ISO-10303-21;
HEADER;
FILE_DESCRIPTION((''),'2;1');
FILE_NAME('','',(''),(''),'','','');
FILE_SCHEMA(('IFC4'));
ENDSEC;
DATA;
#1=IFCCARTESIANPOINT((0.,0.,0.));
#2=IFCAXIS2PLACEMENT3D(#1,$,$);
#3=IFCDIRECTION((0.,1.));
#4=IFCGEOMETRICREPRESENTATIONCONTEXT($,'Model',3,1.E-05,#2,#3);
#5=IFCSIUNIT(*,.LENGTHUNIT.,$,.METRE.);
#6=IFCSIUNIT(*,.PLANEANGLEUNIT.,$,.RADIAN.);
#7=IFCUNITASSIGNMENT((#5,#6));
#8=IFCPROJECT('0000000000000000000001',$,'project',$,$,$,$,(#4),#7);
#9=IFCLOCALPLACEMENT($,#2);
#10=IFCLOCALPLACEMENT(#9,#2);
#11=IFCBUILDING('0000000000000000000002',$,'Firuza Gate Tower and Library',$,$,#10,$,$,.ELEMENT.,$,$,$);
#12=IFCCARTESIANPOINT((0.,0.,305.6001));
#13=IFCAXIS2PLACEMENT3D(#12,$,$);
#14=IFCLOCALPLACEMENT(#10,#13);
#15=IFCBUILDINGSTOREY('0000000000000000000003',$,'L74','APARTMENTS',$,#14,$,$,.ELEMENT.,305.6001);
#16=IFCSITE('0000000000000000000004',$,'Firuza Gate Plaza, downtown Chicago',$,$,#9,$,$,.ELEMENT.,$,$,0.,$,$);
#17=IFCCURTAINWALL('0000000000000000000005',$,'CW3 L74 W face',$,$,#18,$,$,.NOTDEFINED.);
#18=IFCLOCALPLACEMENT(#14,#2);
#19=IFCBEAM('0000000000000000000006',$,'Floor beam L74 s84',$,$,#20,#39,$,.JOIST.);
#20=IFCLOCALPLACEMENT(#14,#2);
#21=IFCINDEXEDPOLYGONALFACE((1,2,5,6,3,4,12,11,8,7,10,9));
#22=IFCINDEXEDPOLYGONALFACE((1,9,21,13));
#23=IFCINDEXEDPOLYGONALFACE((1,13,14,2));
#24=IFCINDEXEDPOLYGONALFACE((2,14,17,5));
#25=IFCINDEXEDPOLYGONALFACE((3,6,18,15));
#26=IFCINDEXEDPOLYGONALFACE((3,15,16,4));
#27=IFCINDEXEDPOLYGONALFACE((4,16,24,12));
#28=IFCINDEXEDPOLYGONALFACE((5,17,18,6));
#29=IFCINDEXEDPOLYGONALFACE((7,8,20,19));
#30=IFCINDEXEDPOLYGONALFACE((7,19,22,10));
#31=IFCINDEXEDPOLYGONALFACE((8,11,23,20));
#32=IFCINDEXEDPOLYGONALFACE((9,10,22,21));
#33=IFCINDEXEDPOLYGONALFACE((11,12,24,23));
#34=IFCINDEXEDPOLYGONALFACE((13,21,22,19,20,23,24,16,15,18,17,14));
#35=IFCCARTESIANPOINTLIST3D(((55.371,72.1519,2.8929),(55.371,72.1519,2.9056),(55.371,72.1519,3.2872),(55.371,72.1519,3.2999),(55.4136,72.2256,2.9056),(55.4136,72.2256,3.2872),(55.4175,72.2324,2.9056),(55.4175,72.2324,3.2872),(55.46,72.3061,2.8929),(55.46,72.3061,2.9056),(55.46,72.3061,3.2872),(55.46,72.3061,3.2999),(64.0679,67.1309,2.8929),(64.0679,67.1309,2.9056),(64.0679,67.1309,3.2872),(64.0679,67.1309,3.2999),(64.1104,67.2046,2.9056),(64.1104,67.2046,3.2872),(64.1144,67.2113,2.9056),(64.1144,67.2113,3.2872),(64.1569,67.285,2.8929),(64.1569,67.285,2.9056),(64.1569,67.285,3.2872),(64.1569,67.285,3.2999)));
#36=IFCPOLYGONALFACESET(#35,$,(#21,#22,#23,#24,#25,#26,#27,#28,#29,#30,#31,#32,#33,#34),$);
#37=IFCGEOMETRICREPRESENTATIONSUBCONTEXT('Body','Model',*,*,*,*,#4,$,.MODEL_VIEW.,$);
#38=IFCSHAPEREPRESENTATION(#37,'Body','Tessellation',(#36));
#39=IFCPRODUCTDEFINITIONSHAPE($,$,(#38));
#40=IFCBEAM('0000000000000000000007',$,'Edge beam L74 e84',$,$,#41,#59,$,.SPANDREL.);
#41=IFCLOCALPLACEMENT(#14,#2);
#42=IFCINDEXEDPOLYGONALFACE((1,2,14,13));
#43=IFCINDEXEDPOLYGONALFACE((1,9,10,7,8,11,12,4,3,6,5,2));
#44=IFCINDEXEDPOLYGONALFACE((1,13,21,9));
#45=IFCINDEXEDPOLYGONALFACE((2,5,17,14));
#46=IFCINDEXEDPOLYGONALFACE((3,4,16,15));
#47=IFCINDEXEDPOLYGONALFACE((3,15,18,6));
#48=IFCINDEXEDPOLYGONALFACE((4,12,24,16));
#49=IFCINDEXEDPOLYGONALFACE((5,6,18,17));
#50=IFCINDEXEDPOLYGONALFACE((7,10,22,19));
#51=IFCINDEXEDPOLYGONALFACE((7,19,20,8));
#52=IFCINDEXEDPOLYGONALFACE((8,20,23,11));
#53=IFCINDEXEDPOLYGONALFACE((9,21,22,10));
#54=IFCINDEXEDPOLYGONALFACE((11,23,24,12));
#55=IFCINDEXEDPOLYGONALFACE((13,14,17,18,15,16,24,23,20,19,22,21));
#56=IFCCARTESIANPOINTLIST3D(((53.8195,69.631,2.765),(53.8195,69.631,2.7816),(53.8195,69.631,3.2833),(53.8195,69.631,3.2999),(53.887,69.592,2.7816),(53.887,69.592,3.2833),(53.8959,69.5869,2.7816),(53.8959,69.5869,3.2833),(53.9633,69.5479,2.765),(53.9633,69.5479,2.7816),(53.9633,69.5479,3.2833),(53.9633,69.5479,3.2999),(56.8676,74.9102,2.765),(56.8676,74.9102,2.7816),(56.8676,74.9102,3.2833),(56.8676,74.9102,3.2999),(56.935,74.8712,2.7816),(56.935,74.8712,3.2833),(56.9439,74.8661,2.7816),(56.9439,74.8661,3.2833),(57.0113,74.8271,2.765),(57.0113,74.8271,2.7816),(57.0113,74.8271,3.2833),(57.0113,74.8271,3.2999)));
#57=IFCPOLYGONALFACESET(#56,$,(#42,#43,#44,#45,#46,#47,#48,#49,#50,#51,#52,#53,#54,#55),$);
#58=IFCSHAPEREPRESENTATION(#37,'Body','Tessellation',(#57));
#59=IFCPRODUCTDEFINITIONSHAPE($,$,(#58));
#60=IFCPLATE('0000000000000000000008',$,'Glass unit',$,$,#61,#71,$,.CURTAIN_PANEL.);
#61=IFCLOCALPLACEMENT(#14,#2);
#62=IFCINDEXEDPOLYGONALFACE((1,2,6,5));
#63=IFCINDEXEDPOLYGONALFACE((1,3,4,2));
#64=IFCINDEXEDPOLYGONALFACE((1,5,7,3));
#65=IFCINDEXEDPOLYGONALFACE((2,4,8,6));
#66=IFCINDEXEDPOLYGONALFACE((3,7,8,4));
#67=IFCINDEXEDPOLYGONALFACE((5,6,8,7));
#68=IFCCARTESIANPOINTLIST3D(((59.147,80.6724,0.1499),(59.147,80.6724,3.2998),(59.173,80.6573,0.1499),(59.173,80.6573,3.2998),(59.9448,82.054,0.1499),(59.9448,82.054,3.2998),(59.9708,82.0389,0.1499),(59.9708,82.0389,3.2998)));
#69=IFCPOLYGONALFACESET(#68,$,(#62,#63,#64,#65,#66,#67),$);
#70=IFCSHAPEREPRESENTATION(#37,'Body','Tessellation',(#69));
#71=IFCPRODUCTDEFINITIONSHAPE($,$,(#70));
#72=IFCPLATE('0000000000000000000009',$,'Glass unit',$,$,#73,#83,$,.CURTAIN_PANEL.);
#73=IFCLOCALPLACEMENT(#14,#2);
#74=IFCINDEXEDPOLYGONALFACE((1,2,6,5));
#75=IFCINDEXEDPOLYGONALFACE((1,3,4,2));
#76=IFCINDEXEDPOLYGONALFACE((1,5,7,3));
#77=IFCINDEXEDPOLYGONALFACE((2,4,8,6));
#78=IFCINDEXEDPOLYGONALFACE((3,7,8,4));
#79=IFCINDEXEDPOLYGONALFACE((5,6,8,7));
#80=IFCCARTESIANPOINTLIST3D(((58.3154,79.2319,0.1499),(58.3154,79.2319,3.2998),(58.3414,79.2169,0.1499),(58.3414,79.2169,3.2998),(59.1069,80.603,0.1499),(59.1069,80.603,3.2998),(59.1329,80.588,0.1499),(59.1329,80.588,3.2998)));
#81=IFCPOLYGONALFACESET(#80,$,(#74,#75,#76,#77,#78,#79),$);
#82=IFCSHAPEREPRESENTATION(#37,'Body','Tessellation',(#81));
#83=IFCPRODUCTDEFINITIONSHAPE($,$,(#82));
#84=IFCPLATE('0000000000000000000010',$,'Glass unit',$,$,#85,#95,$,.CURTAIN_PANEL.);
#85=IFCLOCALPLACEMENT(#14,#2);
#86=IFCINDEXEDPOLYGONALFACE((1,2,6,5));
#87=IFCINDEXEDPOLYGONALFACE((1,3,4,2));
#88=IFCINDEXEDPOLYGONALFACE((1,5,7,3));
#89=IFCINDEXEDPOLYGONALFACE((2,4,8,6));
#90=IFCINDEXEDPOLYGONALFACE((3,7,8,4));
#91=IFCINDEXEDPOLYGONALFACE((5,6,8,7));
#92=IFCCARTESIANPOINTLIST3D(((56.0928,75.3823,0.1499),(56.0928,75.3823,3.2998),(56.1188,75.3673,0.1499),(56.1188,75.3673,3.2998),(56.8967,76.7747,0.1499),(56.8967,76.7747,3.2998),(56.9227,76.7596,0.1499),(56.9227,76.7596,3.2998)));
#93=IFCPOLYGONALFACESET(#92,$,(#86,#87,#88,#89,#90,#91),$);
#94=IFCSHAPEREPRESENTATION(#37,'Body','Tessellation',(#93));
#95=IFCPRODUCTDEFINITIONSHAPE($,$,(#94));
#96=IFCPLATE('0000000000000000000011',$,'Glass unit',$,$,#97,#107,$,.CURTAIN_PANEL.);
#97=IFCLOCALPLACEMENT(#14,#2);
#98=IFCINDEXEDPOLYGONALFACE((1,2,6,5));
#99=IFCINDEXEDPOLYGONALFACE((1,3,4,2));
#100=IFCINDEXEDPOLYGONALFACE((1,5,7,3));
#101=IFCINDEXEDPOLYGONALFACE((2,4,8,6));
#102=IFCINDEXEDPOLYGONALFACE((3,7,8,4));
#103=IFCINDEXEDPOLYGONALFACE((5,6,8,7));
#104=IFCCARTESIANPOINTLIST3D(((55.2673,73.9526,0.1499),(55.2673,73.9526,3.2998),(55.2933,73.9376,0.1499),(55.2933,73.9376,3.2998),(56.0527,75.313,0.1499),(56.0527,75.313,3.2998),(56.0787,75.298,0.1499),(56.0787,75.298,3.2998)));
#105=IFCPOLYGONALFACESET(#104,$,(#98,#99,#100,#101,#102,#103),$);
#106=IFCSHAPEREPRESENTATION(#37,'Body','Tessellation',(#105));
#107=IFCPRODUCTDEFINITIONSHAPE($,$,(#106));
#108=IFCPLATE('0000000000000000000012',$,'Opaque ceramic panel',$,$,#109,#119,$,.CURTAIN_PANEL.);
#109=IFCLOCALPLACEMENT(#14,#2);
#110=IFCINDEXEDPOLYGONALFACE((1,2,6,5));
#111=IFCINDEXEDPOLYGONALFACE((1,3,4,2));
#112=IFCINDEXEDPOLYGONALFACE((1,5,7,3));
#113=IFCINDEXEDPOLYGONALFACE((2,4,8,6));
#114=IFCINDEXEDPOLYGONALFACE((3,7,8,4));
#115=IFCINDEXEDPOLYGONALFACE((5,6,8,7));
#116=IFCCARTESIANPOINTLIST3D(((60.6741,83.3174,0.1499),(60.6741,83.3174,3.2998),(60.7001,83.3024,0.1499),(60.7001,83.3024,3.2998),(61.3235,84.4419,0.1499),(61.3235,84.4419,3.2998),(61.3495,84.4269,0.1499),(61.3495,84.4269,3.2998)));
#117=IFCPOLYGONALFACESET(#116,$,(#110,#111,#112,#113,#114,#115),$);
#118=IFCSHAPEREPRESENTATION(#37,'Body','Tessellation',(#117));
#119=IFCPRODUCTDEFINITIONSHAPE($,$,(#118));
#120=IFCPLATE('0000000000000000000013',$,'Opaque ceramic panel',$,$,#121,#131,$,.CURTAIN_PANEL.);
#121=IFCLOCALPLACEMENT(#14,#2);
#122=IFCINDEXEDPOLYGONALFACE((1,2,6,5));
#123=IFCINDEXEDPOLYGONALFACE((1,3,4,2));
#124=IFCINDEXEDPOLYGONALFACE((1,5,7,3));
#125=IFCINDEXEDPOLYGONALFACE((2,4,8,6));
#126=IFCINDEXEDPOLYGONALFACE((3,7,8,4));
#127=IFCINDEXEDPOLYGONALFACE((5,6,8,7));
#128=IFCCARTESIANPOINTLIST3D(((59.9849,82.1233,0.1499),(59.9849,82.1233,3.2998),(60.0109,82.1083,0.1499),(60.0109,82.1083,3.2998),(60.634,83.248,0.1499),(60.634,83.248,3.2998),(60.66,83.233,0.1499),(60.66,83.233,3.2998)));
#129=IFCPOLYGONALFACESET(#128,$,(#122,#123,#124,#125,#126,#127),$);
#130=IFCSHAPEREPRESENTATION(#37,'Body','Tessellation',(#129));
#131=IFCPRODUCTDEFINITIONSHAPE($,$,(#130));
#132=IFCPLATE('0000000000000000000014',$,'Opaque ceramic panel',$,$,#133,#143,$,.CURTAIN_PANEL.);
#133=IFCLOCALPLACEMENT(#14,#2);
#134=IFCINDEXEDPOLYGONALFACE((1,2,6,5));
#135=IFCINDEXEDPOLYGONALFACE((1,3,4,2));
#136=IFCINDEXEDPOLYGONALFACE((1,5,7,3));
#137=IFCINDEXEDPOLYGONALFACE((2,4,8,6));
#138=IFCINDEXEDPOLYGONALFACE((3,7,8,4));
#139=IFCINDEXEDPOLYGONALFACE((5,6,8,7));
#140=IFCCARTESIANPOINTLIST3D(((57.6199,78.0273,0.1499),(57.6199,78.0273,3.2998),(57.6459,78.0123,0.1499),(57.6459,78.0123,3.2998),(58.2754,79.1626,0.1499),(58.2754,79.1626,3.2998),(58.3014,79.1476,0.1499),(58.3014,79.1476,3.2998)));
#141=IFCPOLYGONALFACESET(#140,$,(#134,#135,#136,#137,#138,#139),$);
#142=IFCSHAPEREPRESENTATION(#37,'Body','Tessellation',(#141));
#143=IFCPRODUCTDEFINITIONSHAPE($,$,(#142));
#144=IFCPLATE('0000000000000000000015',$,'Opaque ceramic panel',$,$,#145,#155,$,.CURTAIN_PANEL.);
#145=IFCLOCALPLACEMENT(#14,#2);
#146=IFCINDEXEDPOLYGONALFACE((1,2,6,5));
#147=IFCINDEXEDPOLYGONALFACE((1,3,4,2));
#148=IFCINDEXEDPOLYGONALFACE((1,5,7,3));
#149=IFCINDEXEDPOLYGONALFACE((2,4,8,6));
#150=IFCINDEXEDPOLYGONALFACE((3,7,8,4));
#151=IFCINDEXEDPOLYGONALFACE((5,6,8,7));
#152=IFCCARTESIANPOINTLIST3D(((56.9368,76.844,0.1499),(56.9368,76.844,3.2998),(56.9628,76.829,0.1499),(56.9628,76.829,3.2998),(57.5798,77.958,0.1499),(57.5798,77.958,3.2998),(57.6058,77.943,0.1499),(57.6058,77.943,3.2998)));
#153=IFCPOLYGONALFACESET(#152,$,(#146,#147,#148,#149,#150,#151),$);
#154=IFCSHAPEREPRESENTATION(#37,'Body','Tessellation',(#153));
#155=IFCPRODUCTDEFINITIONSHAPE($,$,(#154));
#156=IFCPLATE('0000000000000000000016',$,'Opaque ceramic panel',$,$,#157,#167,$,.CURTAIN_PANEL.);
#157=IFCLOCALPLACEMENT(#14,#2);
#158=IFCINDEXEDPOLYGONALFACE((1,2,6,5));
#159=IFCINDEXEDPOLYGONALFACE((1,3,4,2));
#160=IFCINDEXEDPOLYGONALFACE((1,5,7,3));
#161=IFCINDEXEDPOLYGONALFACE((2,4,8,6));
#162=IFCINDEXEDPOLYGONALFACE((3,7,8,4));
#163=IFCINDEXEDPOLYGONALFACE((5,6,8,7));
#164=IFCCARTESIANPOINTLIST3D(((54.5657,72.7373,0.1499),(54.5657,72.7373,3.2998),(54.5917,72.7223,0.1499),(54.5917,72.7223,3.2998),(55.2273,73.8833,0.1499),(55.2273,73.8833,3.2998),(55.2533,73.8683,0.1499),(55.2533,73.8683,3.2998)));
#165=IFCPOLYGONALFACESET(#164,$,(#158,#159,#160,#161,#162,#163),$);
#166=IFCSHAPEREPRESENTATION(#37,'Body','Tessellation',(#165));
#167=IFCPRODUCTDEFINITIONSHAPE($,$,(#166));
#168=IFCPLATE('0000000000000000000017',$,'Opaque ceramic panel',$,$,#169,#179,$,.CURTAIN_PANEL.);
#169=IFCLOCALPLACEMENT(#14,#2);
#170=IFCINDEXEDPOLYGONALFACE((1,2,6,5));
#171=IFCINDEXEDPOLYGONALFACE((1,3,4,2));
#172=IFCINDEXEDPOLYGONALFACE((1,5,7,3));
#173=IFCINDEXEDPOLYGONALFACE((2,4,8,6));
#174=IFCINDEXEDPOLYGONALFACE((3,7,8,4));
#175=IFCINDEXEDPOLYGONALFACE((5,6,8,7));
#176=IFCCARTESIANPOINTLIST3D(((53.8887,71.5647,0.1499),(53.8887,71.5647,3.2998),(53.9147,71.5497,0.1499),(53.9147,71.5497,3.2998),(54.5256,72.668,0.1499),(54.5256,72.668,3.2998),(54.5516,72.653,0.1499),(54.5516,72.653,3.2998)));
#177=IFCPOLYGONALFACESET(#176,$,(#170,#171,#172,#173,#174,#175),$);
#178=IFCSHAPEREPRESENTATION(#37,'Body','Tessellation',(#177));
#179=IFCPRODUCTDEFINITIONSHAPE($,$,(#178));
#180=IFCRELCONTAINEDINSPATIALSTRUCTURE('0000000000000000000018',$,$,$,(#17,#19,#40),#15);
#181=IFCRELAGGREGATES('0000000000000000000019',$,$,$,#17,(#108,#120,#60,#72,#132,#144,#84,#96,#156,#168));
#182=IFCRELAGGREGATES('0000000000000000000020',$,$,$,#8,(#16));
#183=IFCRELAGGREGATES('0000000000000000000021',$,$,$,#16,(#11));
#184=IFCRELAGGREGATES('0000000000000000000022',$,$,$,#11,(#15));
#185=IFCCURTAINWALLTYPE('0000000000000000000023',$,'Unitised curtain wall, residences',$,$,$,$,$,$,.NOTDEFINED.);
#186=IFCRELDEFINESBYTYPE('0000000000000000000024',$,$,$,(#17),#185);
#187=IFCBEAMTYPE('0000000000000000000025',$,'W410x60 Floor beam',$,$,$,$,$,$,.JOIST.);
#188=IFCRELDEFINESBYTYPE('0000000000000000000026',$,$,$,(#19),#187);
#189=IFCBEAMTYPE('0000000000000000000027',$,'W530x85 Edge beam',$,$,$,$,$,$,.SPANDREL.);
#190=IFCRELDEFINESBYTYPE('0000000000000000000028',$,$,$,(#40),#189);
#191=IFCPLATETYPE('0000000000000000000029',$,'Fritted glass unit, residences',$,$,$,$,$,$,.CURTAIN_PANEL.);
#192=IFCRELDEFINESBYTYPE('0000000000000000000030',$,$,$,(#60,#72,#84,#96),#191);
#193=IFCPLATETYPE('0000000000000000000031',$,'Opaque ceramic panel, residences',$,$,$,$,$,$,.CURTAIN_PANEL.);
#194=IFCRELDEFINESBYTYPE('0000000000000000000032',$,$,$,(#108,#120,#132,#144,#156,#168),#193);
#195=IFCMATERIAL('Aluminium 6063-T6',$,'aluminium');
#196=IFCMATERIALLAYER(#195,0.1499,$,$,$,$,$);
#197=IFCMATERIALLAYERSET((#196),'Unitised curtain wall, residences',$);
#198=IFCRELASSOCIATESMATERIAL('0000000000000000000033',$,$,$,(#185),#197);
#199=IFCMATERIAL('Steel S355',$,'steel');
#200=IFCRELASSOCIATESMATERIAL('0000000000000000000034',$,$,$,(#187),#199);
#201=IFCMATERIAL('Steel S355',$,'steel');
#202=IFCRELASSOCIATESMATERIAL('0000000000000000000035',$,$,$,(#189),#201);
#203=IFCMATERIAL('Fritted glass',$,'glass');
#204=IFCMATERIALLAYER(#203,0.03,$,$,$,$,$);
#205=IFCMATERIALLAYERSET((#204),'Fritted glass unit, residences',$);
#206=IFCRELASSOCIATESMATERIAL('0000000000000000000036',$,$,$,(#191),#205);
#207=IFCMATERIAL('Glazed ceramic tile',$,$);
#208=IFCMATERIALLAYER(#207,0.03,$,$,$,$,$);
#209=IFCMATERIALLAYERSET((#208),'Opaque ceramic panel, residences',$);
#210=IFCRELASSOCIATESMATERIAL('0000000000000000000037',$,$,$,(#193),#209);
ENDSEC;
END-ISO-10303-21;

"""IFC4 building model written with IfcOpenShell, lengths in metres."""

from ifc_helpers import new_model, si_unit, direction, frame, origin, origin_2d, place, context, subcontext, project, spatial, polyline, i_section, outline, extrude, material, layer, layer_set, material_profile, profile_set, type_object, element, aggregate, save


model = new_model("IFC4")

# Units and contexts
model_context = context("Model", 3, precision=1e-05, world=origin(), true_north=direction((0.0, 1.0)))
body_context = subcontext(model_context, "Body", "Model", "MODEL_VIEW")
ifc_project = project(units=[si_unit("LENGTHUNIT", "METRE"), si_unit("PLANEANGLEUNIT", "RADIAN")], contexts=[model_context])

# Site, building, storey
site_placement = place(None, origin())
site = spatial("IfcSite", under=ifc_project, at=site_placement, Name="Firuza Gate Plaza, downtown Chicago", CompositionType="ELEMENT", RefElevation=0.0)
building_placement = place(site_placement, origin())
building = spatial("IfcBuilding", under=site, at=building_placement, Name="Firuza Gate Tower and Library", CompositionType="ELEMENT")
storey_placement = place(building_placement, frame((0.0, 0.0, 305.6001)))
storey = spatial("IfcBuildingStorey", under=building, at=storey_placement, Name="L74", Description="APARTMENTS", CompositionType="ELEMENT", Elevation=305.6001)

# Curtain wall
ifc_material_1 = material(Name="Aluminium 6063-T6", Category="aluminium")
ifc_layer_1 = layer(ifc_material_1, 0.1499)
ifc_layer_set_1 = layer_set([ifc_layer_1], Name="Unitised curtain wall, residences")
curtain_wall_type = type_object("IfcCurtainWallType", Name="Unitised curtain wall, residences", PredefinedType="NOTDEFINED", material=ifc_layer_set_1)
curtain_wall_placement = place(storey_placement, origin())
curtain_wall = element("IfcCurtainWall", 1, at=curtain_wall_placement, inside=storey, type_object=curtain_wall_type, Name="CW3 L74 W face", PredefinedType="NOTDEFINED")

# Beams
ifc_material_2 = material(Name="Steel S355", Category="steel")
ifc_material_profile_1 = material_profile(ifc_material_2, i_section(OverallWidth=0.178, OverallDepth=0.407, WebThickness=0.0078, FlangeThickness=0.0127, at=origin_2d()))
ifc_profile_set_1 = profile_set([ifc_material_profile_1], Name="Steel S355")
beam_type_1 = type_object("IfcBeamType", Name="W410x60 Floor beam", PredefinedType="JOIST", material=ifc_profile_set_1)
beam_1_placement = place(storey_placement, frame((55.4155, 72.229, 3.0964), z_axis=(0.866029, -0.499993, 0.0), x_axis=(0.499993, 0.866029, 0.0)))
element("IfcBeam", 2, at=beam_1_placement, inside=storey, type_object=beam_type_1, Name="Floor beam L74 s84", PredefinedType="JOIST", context=body_context, shape_type="SweptSolid", body=[
    extrude(i_section(OverallWidth=0.178, OverallDepth=0.407, WebThickness=0.0078, FlangeThickness=0.0127, at=origin_2d()), origin(), (0.0, 0.0, 1.0), 10.0422),
])
ifc_material_3 = material(Name="Steel S355", Category="steel")
ifc_material_profile_2 = material_profile(ifc_material_3, i_section(OverallWidth=0.166, OverallDepth=0.5349, WebThickness=0.0103, FlangeThickness=0.0166, at=origin_2d()))
ifc_profile_set_2 = profile_set([ifc_material_profile_2], Name="Steel S355")
beam_type_2 = type_object("IfcBeamType", Name="W530x85 Edge beam", PredefinedType="SPANDREL", material=ifc_profile_set_2)
beam_2_placement = place(storey_placement, frame((56.9395, 74.8687, 3.0325), z_axis=(-0.500011, -0.866019, 0.0), x_axis=(0.866019, -0.500011, 0.0)))
element("IfcBeam", 3, at=beam_2_placement, inside=storey, type_object=beam_type_2, Name="Edge beam L74 e84", PredefinedType="SPANDREL", context=body_context, shape_type="SweptSolid", body=[
    extrude(i_section(OverallWidth=0.166, OverallDepth=0.5349, WebThickness=0.0103, FlangeThickness=0.0166, at=origin_2d()), origin(), (0.0, 0.0, 1.0), 6.0959),
])

# Plates
ifc_material_4 = material(Name="Fritted glass", Category="glass")
ifc_layer_2 = layer(ifc_material_4, 0.03)
ifc_layer_set_2 = layer_set([ifc_layer_2], Name="Fritted glass unit, residences")
plate_type_1 = type_object("IfcPlateType", Name="Fritted glass unit, residences", PredefinedType="CURTAIN_PANEL", material=ifc_layer_set_2)
plate_1_placement = place(storey_placement, frame((59.9448, 82.054, 0.1499), z_axis=(-0.865974, 0.500089, 0.0), x_axis=(-0.500089, -0.865974, 0.0)))
plate_1 = element("IfcPlate", 4, at=plate_1_placement, type_object=plate_type_1, Name="Glass unit", PredefinedType="CURTAIN_PANEL", context=body_context, shape_type="SweptSolid", body=[
    extrude(outline(polyline([(0.0, 0.0), (1.5954, 0.0), (1.5954, 3.1499), (0.0, 3.1499), (0.0, 0.0)])), origin(), (0.0, 0.0, -1.0), 0.03),
])
plate_2_placement = place(storey_placement, frame((59.1069, 80.603, 0.1499), z_axis=(-0.866052, 0.499954, 0.0), x_axis=(-0.499954, -0.866052, 0.0)))
plate_2 = element("IfcPlate", 5, at=plate_2_placement, type_object=plate_type_1, Name="Glass unit", PredefinedType="CURTAIN_PANEL", context=body_context, shape_type="SweptSolid", body=[
    extrude(outline(polyline([(0.0, 0.0), (1.5832, 0.0), (1.5832, 3.1499), (0.0, 3.1499), (0.0, 0.0)])), origin(), (0.0, 0.0, -1.0), 0.03),
])
plate_3_placement = place(storey_placement, frame((56.8967, 76.7747, 0.1499), z_axis=(-0.866001, 0.500042, 0.0), x_axis=(-0.500042, -0.866001, 0.0)))
plate_3 = element("IfcPlate", 6, at=plate_3_placement, type_object=plate_type_1, Name="Glass unit", PredefinedType="CURTAIN_PANEL", context=body_context, shape_type="SweptSolid", body=[
    extrude(outline(polyline([(0.0, 0.0), (1.6078, 0.0), (1.6078, 3.1499), (0.0, 3.1499), (0.0, 0.0)])), origin(), (0.0, 0.0, -1.0), 0.03),
])
plate_4_placement = place(storey_placement, frame((56.0527, 75.313, 0.1499), z_axis=(-0.866025, 0.500001, 0.0), x_axis=(-0.500001, -0.866025, 0.0)))
plate_4 = element("IfcPlate", 7, at=plate_4_placement, type_object=plate_type_1, Name="Glass unit", PredefinedType="CURTAIN_PANEL", context=body_context, shape_type="SweptSolid", body=[
    extrude(outline(polyline([(0.0, 0.0), (1.5708, 0.0), (1.5708, 3.1499), (0.0, 3.1499), (0.0, 0.0)])), origin(), (0.0, 0.0, -1.0), 0.03),
])
ifc_material_5 = material(Name="Glazed ceramic tile")
ifc_layer_3 = layer(ifc_material_5, 0.03)
ifc_layer_set_3 = layer_set([ifc_layer_3], Name="Opaque ceramic panel, residences")
plate_type_2 = type_object("IfcPlateType", Name="Opaque ceramic panel, residences", PredefinedType="CURTAIN_PANEL", material=ifc_layer_set_3)
plate_5_placement = place(storey_placement, frame((61.3235, 84.4419, 0.1499), z_axis=(-0.865966, 0.500102, 0.0), x_axis=(-0.500102, -0.865966, 0.0)))
plate_5 = element("IfcPlate", 8, at=plate_5_placement, type_object=plate_type_2, Name="Opaque ceramic panel", PredefinedType="CURTAIN_PANEL", context=body_context, shape_type="SweptSolid", body=[
    extrude(outline(polyline([(0.0, 0.0), (1.2986, 0.0), (1.2986, 3.1499), (0.0, 3.1499), (0.0, 0.0)])), origin(), (0.0, 0.0, -1.0), 0.03),
])
plate_6_placement = place(storey_placement, frame((60.634, 83.248, 0.1499), z_axis=(-0.866095, 0.49988, 0.0), x_axis=(-0.49988, -0.866095, 0.0)))
plate_6 = element("IfcPlate", 9, at=plate_6_placement, type_object=plate_type_2, Name="Opaque ceramic panel", PredefinedType="CURTAIN_PANEL", context=body_context, shape_type="SweptSolid", body=[
    extrude(outline(polyline([(0.0, 0.0), (1.2987, 0.0), (1.2987, 3.1499), (0.0, 3.1499), (0.0, 0.0)])), origin(), (0.0, 0.0, -1.0), 0.03),
])
plate_7_placement = place(storey_placement, frame((58.2754, 79.1626, 0.1499), z_axis=(-0.865999, 0.500045, 0.0), x_axis=(-0.500045, -0.865999, 0.0)))
plate_7 = element("IfcPlate", 10, at=plate_7_placement, type_object=plate_type_2, Name="Opaque ceramic panel", PredefinedType="CURTAIN_PANEL", context=body_context, shape_type="SweptSolid", body=[
    extrude(outline(polyline([(0.0, 0.0), (1.3109, 0.0), (1.3109, 3.1499), (0.0, 3.1499), (0.0, 0.0)])), origin(), (0.0, 0.0, -1.0), 0.03),
])
plate_8_placement = place(storey_placement, frame((57.5798, 77.958, 0.1499), z_axis=(-0.866062, 0.499936, 0.0), x_axis=(-0.499936, -0.866062, 0.0)))
plate_8 = element("IfcPlate", 11, at=plate_8_placement, type_object=plate_type_2, Name="Opaque ceramic panel", PredefinedType="CURTAIN_PANEL", context=body_context, shape_type="SweptSolid", body=[
    extrude(outline(polyline([(0.0, 0.0), (1.2863, 0.0), (1.2863, 3.1499), (0.0, 3.1499), (0.0, 0.0)])), origin(), (0.0, 0.0, -1.0), 0.03),
])
plate_9_placement = place(storey_placement, frame((55.2273, 73.8833, 0.1499), z_axis=(-0.866032, 0.499989, 0.0), x_axis=(-0.499989, -0.866032, 0.0)))
plate_9 = element("IfcPlate", 12, at=plate_9_placement, type_object=plate_type_2, Name="Opaque ceramic panel", PredefinedType="CURTAIN_PANEL", context=body_context, shape_type="SweptSolid", body=[
    extrude(outline(polyline([(0.0, 0.0), (1.3233, 0.0), (1.3233, 3.1499), (0.0, 3.1499), (0.0, 0.0)])), origin(), (0.0, 0.0, -1.0), 0.03),
])
plate_10_placement = place(storey_placement, frame((54.5256, 72.668, 0.1499), z_axis=(-0.866029, 0.499993, 0.0), x_axis=(-0.499993, -0.866029, 0.0)))
plate_10 = element("IfcPlate", 13, at=plate_10_placement, type_object=plate_type_2, Name="Opaque ceramic panel", PredefinedType="CURTAIN_PANEL", context=body_context, shape_type="SweptSolid", body=[
    extrude(outline(polyline([(0.0, 0.0), (1.2739, 0.0), (1.2739, 3.1499), (0.0, 3.1499), (0.0, 0.0)])), origin(), (0.0, 0.0, -1.0), 0.03),
])
aggregate(curtain_wall, [plate_5, plate_6, plate_1, plate_2, plate_7, plate_8, plate_3, plate_4, plate_9, plate_10])

save(model, "model.ifc")
